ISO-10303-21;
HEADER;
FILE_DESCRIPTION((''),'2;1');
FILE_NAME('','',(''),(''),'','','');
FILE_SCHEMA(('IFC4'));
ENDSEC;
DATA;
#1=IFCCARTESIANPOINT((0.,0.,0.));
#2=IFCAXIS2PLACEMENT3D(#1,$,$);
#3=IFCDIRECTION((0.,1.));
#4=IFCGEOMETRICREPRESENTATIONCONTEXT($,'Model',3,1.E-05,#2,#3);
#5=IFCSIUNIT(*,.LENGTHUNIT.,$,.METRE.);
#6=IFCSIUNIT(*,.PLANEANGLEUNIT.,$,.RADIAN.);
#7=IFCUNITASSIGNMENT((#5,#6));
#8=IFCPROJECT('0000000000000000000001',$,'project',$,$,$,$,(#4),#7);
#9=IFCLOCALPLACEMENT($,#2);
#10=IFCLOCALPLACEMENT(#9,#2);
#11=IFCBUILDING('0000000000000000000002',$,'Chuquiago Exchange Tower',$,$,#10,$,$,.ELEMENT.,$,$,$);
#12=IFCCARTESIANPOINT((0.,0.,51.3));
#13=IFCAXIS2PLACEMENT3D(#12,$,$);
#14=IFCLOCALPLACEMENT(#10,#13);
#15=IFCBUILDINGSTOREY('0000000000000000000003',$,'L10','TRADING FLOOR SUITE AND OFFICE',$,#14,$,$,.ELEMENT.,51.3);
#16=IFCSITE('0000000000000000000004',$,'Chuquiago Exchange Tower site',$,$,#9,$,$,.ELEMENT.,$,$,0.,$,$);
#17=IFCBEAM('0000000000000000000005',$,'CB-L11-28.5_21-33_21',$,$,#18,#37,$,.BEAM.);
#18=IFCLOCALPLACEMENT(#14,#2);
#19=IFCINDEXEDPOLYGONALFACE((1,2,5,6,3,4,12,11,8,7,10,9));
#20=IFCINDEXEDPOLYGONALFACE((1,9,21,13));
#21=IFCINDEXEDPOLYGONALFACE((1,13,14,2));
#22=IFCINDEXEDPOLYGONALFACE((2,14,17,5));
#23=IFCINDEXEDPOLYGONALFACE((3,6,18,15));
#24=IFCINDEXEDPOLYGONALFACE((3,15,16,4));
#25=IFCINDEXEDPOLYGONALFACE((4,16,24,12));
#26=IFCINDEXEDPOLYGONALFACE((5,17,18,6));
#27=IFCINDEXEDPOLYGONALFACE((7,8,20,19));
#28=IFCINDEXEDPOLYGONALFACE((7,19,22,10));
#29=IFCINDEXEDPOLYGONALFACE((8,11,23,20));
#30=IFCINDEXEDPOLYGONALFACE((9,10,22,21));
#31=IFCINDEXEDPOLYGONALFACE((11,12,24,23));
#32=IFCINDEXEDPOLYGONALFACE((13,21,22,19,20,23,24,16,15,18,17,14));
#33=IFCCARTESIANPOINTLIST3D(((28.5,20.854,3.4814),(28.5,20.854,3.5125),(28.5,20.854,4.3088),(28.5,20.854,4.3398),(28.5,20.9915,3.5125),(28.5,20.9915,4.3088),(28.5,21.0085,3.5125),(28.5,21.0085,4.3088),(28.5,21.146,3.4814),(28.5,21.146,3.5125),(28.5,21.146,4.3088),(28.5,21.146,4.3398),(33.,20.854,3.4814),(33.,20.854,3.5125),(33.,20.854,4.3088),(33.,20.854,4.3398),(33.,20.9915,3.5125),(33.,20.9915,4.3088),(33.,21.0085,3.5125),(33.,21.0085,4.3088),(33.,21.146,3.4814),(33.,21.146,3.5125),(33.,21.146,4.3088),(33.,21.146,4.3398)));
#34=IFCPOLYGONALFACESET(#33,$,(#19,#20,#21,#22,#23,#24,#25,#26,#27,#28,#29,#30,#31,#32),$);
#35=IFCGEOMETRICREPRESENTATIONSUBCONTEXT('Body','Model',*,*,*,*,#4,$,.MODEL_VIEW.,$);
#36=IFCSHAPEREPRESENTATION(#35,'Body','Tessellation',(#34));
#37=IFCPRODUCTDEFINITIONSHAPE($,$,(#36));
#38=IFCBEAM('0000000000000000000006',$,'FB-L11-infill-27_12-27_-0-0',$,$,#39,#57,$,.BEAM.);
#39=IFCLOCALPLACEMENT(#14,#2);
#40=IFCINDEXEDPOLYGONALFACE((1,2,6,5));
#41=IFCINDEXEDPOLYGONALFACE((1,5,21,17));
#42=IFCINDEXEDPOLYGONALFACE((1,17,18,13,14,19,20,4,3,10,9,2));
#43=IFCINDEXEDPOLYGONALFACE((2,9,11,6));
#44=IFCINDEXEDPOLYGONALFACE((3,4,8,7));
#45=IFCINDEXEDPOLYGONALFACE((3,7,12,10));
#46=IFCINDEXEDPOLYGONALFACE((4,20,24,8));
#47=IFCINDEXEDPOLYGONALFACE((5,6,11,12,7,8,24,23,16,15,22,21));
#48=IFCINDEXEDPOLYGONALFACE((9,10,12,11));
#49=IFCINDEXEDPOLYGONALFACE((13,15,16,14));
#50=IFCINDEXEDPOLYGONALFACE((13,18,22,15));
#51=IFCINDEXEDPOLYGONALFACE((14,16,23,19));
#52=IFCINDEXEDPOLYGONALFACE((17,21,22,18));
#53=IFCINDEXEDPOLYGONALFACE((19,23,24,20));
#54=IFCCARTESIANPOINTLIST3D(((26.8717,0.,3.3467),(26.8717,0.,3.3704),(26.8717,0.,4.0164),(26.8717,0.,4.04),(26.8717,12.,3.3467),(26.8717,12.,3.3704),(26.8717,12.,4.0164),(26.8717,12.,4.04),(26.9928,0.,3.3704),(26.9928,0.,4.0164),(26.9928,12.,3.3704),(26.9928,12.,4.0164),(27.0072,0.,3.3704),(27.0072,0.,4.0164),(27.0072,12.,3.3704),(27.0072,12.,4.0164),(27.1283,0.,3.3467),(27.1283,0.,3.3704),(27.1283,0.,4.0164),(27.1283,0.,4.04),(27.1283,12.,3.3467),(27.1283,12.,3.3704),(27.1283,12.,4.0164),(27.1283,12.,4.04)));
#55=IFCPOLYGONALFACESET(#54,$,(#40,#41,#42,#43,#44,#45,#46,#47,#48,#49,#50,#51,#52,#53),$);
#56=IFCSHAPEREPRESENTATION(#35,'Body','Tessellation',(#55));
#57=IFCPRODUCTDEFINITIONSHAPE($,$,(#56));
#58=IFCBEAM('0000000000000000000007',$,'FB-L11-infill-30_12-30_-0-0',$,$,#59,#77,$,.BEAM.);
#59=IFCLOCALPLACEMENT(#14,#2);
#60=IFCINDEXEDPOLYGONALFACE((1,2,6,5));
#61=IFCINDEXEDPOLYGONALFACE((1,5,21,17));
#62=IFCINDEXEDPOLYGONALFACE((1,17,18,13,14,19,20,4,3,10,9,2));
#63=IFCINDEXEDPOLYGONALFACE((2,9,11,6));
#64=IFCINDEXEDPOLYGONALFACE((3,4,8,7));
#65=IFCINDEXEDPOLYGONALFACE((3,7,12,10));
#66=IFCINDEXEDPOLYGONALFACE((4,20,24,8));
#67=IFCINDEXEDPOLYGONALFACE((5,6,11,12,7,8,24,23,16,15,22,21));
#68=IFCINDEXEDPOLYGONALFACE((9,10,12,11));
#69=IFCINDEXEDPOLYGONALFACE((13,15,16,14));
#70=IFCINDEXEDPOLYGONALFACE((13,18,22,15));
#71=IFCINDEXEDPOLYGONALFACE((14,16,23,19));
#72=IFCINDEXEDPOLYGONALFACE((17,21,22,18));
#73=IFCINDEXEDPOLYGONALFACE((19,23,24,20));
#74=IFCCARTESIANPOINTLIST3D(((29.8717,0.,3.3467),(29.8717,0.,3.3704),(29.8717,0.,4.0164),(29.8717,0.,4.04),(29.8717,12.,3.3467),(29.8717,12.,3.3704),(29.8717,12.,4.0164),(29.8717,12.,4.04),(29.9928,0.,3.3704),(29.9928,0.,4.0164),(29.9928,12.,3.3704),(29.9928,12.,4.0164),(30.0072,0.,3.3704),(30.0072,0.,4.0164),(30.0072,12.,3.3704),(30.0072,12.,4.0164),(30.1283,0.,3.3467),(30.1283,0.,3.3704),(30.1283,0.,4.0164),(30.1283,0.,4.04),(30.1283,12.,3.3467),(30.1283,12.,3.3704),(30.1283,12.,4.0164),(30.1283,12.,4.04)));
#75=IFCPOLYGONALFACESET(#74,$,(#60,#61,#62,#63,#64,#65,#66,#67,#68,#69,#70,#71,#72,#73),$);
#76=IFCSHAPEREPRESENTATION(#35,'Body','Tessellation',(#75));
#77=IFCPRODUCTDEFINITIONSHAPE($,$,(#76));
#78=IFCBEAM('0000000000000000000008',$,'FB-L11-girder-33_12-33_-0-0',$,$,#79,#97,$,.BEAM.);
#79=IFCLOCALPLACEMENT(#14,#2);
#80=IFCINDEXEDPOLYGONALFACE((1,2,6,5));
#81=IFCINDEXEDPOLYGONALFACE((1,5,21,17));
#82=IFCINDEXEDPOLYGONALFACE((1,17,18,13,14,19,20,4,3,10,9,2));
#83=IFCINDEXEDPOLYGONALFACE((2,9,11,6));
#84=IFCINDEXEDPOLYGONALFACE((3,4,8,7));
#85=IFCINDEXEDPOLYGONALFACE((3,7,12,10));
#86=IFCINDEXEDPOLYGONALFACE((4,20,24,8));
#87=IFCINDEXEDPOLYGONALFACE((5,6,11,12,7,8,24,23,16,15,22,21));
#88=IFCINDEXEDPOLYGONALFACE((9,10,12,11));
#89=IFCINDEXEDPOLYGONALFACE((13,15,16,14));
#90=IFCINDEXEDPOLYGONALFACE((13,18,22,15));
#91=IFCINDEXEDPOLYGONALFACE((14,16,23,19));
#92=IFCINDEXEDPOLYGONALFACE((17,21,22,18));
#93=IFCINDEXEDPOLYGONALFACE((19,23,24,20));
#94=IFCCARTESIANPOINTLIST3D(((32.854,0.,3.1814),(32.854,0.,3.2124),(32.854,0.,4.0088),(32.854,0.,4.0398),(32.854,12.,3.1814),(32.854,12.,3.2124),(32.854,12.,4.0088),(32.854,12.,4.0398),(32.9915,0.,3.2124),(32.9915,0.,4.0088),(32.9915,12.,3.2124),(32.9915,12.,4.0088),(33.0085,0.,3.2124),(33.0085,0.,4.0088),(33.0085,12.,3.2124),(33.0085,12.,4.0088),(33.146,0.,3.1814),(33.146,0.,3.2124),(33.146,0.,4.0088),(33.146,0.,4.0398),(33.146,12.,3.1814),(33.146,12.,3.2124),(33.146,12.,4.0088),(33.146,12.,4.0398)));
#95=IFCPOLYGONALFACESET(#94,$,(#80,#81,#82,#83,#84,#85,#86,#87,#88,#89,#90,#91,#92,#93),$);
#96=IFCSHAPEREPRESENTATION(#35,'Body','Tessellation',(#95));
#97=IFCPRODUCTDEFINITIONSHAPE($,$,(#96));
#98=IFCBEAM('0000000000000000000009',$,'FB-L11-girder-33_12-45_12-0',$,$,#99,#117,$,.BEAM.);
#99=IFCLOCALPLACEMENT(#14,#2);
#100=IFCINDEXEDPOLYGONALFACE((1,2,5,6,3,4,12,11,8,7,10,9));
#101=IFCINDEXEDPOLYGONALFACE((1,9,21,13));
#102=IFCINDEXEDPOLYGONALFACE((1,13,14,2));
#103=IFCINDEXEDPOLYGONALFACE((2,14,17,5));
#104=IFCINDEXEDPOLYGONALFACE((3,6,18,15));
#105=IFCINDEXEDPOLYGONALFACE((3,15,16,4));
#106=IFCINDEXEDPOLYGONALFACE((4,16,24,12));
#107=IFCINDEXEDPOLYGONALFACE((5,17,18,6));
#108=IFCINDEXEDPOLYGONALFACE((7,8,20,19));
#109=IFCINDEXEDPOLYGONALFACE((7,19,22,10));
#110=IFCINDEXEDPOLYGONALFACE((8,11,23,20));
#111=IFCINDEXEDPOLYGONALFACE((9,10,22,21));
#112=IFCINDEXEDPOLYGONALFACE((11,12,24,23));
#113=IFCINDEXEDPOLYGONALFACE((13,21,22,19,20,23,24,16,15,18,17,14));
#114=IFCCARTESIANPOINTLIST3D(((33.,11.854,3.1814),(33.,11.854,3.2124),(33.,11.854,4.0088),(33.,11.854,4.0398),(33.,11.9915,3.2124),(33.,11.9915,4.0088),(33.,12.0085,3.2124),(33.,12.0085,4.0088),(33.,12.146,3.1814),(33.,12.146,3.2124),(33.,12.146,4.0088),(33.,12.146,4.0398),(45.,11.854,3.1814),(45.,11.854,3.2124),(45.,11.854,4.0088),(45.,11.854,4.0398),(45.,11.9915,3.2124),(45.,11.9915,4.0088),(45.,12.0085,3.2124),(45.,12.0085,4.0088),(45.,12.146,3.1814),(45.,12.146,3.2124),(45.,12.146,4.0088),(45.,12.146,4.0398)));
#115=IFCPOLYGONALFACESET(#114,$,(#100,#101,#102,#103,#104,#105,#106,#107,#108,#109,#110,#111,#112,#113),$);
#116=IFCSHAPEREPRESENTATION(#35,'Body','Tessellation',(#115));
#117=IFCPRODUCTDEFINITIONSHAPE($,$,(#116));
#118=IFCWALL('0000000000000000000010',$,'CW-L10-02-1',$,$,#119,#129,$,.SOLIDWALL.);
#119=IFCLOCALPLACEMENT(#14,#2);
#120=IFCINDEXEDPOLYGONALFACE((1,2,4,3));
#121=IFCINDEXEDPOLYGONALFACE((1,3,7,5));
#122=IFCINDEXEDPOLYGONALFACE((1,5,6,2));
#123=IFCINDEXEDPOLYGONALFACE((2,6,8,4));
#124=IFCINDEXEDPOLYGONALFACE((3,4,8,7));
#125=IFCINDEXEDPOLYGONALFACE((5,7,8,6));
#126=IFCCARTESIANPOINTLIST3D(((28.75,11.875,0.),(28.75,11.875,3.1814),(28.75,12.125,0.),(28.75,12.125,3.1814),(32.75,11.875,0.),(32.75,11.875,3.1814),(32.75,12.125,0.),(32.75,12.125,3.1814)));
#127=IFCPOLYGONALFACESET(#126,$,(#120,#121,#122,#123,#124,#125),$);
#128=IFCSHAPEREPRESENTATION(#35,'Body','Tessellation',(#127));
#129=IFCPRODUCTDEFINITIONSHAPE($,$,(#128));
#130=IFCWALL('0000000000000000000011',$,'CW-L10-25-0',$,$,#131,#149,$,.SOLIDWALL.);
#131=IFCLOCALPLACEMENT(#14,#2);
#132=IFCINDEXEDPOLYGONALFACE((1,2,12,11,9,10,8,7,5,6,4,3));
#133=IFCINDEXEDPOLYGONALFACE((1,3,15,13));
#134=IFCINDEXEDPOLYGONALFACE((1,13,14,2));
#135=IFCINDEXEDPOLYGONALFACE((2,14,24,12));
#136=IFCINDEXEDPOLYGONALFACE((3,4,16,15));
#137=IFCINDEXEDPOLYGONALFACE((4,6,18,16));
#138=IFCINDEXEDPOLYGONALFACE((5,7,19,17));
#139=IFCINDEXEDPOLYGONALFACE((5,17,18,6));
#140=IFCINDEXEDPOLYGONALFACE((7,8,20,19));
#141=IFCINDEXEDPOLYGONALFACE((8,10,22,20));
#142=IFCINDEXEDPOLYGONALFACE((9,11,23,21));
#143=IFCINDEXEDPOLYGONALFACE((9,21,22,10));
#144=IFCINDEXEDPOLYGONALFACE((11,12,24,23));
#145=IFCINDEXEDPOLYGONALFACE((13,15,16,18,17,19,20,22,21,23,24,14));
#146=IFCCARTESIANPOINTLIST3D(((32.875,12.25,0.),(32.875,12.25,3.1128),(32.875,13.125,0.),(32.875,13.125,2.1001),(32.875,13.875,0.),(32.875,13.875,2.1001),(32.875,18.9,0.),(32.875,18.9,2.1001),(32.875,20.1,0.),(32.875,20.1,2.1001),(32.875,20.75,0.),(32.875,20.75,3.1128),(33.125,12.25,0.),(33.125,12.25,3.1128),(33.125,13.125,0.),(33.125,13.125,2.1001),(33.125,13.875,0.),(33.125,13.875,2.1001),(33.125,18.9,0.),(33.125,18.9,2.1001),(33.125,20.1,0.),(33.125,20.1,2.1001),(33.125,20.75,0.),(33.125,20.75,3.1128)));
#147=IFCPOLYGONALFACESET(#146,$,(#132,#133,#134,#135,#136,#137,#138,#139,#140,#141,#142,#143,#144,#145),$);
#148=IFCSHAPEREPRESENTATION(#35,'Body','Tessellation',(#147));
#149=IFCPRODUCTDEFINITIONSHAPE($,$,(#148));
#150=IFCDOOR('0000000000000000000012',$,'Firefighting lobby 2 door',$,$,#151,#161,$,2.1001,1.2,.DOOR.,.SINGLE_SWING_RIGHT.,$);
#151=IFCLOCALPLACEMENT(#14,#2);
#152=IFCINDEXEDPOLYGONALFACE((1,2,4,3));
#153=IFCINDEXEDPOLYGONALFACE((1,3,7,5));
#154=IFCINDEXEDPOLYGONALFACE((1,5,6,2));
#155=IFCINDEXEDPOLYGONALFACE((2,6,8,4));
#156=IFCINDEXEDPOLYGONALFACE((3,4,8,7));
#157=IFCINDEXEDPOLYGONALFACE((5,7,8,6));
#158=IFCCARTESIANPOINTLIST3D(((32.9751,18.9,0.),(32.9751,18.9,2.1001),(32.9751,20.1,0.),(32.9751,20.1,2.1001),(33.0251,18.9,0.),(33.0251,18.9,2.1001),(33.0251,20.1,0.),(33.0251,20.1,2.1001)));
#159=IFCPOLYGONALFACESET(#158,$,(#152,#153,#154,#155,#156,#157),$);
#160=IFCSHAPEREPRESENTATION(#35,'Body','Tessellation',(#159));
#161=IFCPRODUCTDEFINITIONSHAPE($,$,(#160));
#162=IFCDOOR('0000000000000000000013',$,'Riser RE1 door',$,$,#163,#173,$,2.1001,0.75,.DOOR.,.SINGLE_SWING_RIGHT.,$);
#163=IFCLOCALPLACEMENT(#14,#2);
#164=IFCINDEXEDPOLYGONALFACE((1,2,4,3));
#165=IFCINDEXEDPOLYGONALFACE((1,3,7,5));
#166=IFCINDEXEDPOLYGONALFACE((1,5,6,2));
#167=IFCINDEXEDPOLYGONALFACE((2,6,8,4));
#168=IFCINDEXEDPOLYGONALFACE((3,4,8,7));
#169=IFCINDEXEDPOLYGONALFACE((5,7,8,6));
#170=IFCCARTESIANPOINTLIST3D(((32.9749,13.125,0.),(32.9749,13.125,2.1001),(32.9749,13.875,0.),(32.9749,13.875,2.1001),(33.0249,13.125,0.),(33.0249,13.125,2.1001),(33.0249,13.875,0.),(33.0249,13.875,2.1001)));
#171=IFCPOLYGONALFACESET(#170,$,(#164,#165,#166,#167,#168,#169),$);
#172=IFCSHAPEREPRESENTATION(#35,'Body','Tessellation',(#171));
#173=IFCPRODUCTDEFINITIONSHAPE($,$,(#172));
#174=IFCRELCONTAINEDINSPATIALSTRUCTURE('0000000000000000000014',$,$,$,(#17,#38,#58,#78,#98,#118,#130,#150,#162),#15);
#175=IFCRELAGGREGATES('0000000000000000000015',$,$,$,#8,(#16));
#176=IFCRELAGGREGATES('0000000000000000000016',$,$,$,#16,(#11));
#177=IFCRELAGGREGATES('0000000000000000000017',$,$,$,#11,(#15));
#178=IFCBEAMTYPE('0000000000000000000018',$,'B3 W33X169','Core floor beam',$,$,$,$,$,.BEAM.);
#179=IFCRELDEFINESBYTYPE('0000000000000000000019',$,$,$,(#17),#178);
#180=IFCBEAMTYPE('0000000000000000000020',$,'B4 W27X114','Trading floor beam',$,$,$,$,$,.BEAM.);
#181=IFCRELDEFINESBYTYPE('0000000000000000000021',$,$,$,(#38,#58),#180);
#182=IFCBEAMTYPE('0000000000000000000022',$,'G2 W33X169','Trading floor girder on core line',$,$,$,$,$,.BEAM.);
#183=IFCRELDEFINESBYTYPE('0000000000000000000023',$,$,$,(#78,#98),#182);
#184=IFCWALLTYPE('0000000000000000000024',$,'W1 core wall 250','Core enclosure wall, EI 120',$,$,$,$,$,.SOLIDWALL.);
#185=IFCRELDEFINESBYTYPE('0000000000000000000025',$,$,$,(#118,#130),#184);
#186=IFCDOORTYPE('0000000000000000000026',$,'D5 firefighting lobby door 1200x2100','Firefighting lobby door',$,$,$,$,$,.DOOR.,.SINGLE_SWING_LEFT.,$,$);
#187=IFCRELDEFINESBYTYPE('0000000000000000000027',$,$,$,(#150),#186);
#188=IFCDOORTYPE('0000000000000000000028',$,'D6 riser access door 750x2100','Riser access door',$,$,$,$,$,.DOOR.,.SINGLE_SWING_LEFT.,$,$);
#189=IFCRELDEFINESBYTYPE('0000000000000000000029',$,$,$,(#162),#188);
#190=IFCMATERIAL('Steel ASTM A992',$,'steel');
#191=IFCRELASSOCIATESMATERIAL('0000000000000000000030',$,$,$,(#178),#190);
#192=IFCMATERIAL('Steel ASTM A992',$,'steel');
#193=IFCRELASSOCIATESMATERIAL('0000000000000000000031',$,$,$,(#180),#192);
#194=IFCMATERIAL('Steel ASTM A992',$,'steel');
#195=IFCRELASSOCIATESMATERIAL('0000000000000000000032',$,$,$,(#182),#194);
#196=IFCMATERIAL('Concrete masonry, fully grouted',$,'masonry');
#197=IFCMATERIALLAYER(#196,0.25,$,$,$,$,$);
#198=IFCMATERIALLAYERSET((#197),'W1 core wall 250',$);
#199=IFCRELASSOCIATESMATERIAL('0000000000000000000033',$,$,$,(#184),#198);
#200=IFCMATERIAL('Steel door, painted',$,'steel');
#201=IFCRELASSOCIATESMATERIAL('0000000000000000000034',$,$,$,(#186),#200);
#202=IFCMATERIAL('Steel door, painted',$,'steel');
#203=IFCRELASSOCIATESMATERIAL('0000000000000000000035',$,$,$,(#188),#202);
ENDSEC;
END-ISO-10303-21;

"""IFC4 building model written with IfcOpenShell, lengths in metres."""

from ifc_helpers import new_model, si_unit, direction, frame, frame_2d, origin, origin_2d, place, context, subcontext, project, spatial, rectangle, i_section, extrude, material, layer, layer_set, material_profile, profile_set, type_object, element, fill, save


model = new_model("IFC4")

# Units and contexts
model_context = context("Model", 3, precision=1e-05, world=origin(), true_north=direction((0.0, 1.0)))
body_context = subcontext(model_context, "Body", "Model", "MODEL_VIEW")
ifc_project = project(units=[si_unit("LENGTHUNIT", "METRE"), si_unit("PLANEANGLEUNIT", "RADIAN")], contexts=[model_context])

# Site, building, storey
site_placement = place(None, origin())
site = spatial("IfcSite", under=ifc_project, at=site_placement, Name="Chuquiago Exchange Tower site", CompositionType="ELEMENT", RefElevation=0.0)
building_placement = place(site_placement, origin())
building = spatial("IfcBuilding", under=site, at=building_placement, Name="Chuquiago Exchange Tower", CompositionType="ELEMENT")
storey_placement = place(building_placement, frame((0.0, 0.0, 51.3)))
storey = spatial("IfcBuildingStorey", under=building, at=storey_placement, Name="L10", Description="TRADING FLOOR SUITE AND OFFICE", CompositionType="ELEMENT", Elevation=51.3)

# Beams
ifc_material_1 = material(Name="Steel ASTM A992", Category="steel")
ifc_material_profile_1 = material_profile(ifc_material_1, i_section(OverallWidth=0.292, OverallDepth=0.8584, WebThickness=0.0171, FlangeThickness=0.031, at=origin_2d()), Name="W33X169")
ifc_profile_set_1 = profile_set([ifc_material_profile_1], Name="Steel ASTM A992")
beam_type_1 = type_object("IfcBeamType", Name="B3 W33X169", Description="Core floor beam", PredefinedType="BEAM", material=ifc_profile_set_1)
for number, where, z_axis, x_axis, name in (
    (1, (28.5, 21.0, 3.9106), (1.0, 0.0, 0.0), (0.0, 1.0, 0.0), "CB-L11-28.5_21-33_21"),
):
    element("IfcBeam", number, at=place(storey_placement, frame(where, z_axis=z_axis, x_axis=x_axis)), inside=storey, type_object=beam_type_1, Name=name, PredefinedType="BEAM", context=body_context, shape_type="SweptSolid", body=[
        extrude(i_section(OverallWidth=0.292, OverallDepth=0.8584, WebThickness=0.0171, FlangeThickness=0.031, at=origin_2d()), origin(), (0.0, 0.0, 1.0), 4.5),
    ])
ifc_material_2 = material(Name="Steel ASTM A992", Category="steel")
ifc_material_profile_2 = material_profile(ifc_material_2, i_section(OverallWidth=0.2566, OverallDepth=0.6934, WebThickness=0.0144, FlangeThickness=0.0237, at=origin_2d()), Name="W27X114")
ifc_profile_set_2 = profile_set([ifc_material_profile_2], Name="Steel ASTM A992")
beam_type_2 = type_object("IfcBeamType", Name="B4 W27X114", Description="Trading floor beam", PredefinedType="BEAM", material=ifc_profile_set_2)
for number, where, z_axis, x_axis, name in (
    (2, (27.0, 12.0, 3.6934), (0.0, -1.0, 0.0), (1.0, 0.0, 0.0), "FB-L11-infill-27_12-27_-0-0"),
    (3, (30.0, 12.0, 3.6934), (0.0, -1.0, 0.0), (1.0, 0.0, 0.0), "FB-L11-infill-30_12-30_-0-0"),
):
    element("IfcBeam", number, at=place(storey_placement, frame(where, z_axis=z_axis, x_axis=x_axis)), inside=storey, type_object=beam_type_2, Name=name, PredefinedType="BEAM", context=body_context, shape_type="SweptSolid", body=[
        extrude(i_section(OverallWidth=0.2566, OverallDepth=0.6934, WebThickness=0.0144, FlangeThickness=0.0237, at=origin_2d()), origin(), (0.0, 0.0, 1.0), 12.0),
    ])
ifc_material_3 = material(Name="Steel ASTM A992", Category="steel")
ifc_material_profile_3 = material_profile(ifc_material_3, i_section(OverallWidth=0.292, OverallDepth=0.8584, WebThickness=0.0171, FlangeThickness=0.031, at=origin_2d()), Name="W33X169")
ifc_profile_set_3 = profile_set([ifc_material_profile_3], Name="Steel ASTM A992")
beam_type_3 = type_object("IfcBeamType", Name="G2 W33X169", Description="Trading floor girder on core line", PredefinedType="BEAM", material=ifc_profile_set_3)
for number, where, z_axis, x_axis, name in (
    (4, (33.0, 12.0, 3.6106), (0.0, -1.0, 0.0), (1.0, 0.0, 0.0), "FB-L11-girder-33_12-33_-0-0"),
    (5, (33.0, 12.0, 3.6106), (1.0, 0.0, 0.0), (0.0, 1.0, 0.0), "FB-L11-girder-33_12-45_12-0"),
):
    element("IfcBeam", number, at=place(storey_placement, frame(where, z_axis=z_axis, x_axis=x_axis)), inside=storey, type_object=beam_type_3, Name=name, PredefinedType="BEAM", context=body_context, shape_type="SweptSolid", body=[
        extrude(i_section(OverallWidth=0.292, OverallDepth=0.8584, WebThickness=0.0171, FlangeThickness=0.031, at=origin_2d()), origin(), (0.0, 0.0, 1.0), 12.0),
    ])

# Wall
ifc_material_4 = material(Name="Concrete masonry, fully grouted", Category="masonry")
ifc_layer_1 = layer(ifc_material_4, 0.25)
ifc_layer_set_1 = layer_set([ifc_layer_1], Name="W1 core wall 250")
wall_type_1 = type_object("IfcWallType", Name="W1 core wall 250", Description="Core enclosure wall, EI 120", PredefinedType="SOLIDWALL", material=ifc_layer_set_1)
wall_1_placement = place(storey_placement, frame((28.75, 12.0, 0.0), z_axis=(0.0, 0.0, 1.0), x_axis=(1.0, 0.0, 0.0)))
element("IfcWall", 6, at=wall_1_placement, inside=storey, type_object=wall_type_1, Name="CW-L10-02-1", PredefinedType="SOLIDWALL", context=body_context, shape_type="SweptSolid", body=[
    extrude(rectangle(XDim=4.0, YDim=0.25, at=frame_2d((2.0, 0.0))), origin(), (0.0, 0.0, 1.0), 3.1814),
])

# Wall, openings, doors
wall_2_placement = place(storey_placement, frame((33.0, 12.25, 0.0), z_axis=(0.0, 0.0, 1.0), x_axis=(0.0, 1.0, 0.0)))
wall_2 = element("IfcWall", 7, at=wall_2_placement, inside=storey, type_object=wall_type_1, Name="CW-L10-25-0", PredefinedType="SOLIDWALL", context=body_context, shape_type="SweptSolid", body=[
    extrude(rectangle(XDim=8.5, YDim=0.25, at=frame_2d((4.25, 0.0))), origin(), (0.0, 0.0, 1.0), 3.1128),
])
opening_1_placement = place(wall_2_placement, frame((6.6499, 0.0, 0.0)))
opening_1 = element("IfcOpeningElement", 8, at=opening_1_placement, cuts=wall_2, PredefinedType="OPENING", context=body_context, shape_type="SweptSolid", body=[
    extrude(rectangle(XDim=1.2, YDim=2.1001, at=frame_2d((0.6001, 1.05))), frame((0.0, 0.135, 0.0), z_axis=(0.0, -1.0, 0.0), x_axis=(1.0, 0.0, 0.0)), (0.0, 0.0, 1.0), 0.27),
])
opening_2_placement = place(wall_2_placement, frame((0.875, 0.0, 0.0)))
opening_2 = element("IfcOpeningElement", 9, at=opening_2_placement, cuts=wall_2, PredefinedType="OPENING", context=body_context, shape_type="SweptSolid", body=[
    extrude(rectangle(XDim=0.75, YDim=2.1001, at=frame_2d((0.375, 1.05))), frame((0.0, 0.135, 0.0), z_axis=(0.0, -1.0, 0.0), x_axis=(1.0, 0.0, 0.0)), (0.0, 0.0, 1.0), 0.27),
])
ifc_material_5 = material(Name="Steel door, painted", Category="steel")
door_type_1 = type_object("IfcDoorType", Name="D5 firefighting lobby door 1200x2100", Description="Firefighting lobby door", OperationType="SINGLE_SWING_LEFT", PredefinedType="DOOR", material=ifc_material_5)
door_1_placement = place(opening_1_placement, origin())
door_1 = element("IfcDoor", 10, at=door_1_placement, inside=storey, type_object=door_type_1, Name="Firefighting lobby 2 door", OperationType="SINGLE_SWING_RIGHT", OverallHeight=2.1001, OverallWidth=1.2, PredefinedType="DOOR", context=body_context, shape_type="SweptSolid", body=[
    extrude(rectangle(XDim=1.2, YDim=2.1001, at=frame_2d((0.6001, 1.05))), frame((0.0, 0.0249, 0.0), z_axis=(0.0, -1.0, 0.0), x_axis=(1.0, 0.0, 0.0)), (0.0, 0.0, 1.0), 0.05),
])
fill(opening_1, door_1)
ifc_material_6 = material(Name="Steel door, painted", Category="steel")
door_type_2 = type_object("IfcDoorType", Name="D6 riser access door 750x2100", Description="Riser access door", OperationType="SINGLE_SWING_LEFT", PredefinedType="DOOR", material=ifc_material_6)
door_2_placement = place(opening_2_placement, frame((0.75, 0.0, 0.0), z_axis=(0.0, 0.0, 1.0), x_axis=(-1.0, 0.0, 0.0)))
door_2 = element("IfcDoor", 11, at=door_2_placement, inside=storey, type_object=door_type_2, Name="Riser RE1 door", OperationType="SINGLE_SWING_RIGHT", OverallHeight=2.1001, OverallWidth=0.75, PredefinedType="DOOR", context=body_context, shape_type="SweptSolid", body=[
    extrude(rectangle(XDim=0.75, YDim=2.1001, at=frame_2d((0.375, 1.05))), frame((0.0, 0.0249, 0.0), z_axis=(0.0, -1.0, 0.0), x_axis=(1.0, 0.0, 0.0)), (0.0, 0.0, 1.0), 0.05),
])
fill(opening_2, door_2)

save(model, "model.ifc")
